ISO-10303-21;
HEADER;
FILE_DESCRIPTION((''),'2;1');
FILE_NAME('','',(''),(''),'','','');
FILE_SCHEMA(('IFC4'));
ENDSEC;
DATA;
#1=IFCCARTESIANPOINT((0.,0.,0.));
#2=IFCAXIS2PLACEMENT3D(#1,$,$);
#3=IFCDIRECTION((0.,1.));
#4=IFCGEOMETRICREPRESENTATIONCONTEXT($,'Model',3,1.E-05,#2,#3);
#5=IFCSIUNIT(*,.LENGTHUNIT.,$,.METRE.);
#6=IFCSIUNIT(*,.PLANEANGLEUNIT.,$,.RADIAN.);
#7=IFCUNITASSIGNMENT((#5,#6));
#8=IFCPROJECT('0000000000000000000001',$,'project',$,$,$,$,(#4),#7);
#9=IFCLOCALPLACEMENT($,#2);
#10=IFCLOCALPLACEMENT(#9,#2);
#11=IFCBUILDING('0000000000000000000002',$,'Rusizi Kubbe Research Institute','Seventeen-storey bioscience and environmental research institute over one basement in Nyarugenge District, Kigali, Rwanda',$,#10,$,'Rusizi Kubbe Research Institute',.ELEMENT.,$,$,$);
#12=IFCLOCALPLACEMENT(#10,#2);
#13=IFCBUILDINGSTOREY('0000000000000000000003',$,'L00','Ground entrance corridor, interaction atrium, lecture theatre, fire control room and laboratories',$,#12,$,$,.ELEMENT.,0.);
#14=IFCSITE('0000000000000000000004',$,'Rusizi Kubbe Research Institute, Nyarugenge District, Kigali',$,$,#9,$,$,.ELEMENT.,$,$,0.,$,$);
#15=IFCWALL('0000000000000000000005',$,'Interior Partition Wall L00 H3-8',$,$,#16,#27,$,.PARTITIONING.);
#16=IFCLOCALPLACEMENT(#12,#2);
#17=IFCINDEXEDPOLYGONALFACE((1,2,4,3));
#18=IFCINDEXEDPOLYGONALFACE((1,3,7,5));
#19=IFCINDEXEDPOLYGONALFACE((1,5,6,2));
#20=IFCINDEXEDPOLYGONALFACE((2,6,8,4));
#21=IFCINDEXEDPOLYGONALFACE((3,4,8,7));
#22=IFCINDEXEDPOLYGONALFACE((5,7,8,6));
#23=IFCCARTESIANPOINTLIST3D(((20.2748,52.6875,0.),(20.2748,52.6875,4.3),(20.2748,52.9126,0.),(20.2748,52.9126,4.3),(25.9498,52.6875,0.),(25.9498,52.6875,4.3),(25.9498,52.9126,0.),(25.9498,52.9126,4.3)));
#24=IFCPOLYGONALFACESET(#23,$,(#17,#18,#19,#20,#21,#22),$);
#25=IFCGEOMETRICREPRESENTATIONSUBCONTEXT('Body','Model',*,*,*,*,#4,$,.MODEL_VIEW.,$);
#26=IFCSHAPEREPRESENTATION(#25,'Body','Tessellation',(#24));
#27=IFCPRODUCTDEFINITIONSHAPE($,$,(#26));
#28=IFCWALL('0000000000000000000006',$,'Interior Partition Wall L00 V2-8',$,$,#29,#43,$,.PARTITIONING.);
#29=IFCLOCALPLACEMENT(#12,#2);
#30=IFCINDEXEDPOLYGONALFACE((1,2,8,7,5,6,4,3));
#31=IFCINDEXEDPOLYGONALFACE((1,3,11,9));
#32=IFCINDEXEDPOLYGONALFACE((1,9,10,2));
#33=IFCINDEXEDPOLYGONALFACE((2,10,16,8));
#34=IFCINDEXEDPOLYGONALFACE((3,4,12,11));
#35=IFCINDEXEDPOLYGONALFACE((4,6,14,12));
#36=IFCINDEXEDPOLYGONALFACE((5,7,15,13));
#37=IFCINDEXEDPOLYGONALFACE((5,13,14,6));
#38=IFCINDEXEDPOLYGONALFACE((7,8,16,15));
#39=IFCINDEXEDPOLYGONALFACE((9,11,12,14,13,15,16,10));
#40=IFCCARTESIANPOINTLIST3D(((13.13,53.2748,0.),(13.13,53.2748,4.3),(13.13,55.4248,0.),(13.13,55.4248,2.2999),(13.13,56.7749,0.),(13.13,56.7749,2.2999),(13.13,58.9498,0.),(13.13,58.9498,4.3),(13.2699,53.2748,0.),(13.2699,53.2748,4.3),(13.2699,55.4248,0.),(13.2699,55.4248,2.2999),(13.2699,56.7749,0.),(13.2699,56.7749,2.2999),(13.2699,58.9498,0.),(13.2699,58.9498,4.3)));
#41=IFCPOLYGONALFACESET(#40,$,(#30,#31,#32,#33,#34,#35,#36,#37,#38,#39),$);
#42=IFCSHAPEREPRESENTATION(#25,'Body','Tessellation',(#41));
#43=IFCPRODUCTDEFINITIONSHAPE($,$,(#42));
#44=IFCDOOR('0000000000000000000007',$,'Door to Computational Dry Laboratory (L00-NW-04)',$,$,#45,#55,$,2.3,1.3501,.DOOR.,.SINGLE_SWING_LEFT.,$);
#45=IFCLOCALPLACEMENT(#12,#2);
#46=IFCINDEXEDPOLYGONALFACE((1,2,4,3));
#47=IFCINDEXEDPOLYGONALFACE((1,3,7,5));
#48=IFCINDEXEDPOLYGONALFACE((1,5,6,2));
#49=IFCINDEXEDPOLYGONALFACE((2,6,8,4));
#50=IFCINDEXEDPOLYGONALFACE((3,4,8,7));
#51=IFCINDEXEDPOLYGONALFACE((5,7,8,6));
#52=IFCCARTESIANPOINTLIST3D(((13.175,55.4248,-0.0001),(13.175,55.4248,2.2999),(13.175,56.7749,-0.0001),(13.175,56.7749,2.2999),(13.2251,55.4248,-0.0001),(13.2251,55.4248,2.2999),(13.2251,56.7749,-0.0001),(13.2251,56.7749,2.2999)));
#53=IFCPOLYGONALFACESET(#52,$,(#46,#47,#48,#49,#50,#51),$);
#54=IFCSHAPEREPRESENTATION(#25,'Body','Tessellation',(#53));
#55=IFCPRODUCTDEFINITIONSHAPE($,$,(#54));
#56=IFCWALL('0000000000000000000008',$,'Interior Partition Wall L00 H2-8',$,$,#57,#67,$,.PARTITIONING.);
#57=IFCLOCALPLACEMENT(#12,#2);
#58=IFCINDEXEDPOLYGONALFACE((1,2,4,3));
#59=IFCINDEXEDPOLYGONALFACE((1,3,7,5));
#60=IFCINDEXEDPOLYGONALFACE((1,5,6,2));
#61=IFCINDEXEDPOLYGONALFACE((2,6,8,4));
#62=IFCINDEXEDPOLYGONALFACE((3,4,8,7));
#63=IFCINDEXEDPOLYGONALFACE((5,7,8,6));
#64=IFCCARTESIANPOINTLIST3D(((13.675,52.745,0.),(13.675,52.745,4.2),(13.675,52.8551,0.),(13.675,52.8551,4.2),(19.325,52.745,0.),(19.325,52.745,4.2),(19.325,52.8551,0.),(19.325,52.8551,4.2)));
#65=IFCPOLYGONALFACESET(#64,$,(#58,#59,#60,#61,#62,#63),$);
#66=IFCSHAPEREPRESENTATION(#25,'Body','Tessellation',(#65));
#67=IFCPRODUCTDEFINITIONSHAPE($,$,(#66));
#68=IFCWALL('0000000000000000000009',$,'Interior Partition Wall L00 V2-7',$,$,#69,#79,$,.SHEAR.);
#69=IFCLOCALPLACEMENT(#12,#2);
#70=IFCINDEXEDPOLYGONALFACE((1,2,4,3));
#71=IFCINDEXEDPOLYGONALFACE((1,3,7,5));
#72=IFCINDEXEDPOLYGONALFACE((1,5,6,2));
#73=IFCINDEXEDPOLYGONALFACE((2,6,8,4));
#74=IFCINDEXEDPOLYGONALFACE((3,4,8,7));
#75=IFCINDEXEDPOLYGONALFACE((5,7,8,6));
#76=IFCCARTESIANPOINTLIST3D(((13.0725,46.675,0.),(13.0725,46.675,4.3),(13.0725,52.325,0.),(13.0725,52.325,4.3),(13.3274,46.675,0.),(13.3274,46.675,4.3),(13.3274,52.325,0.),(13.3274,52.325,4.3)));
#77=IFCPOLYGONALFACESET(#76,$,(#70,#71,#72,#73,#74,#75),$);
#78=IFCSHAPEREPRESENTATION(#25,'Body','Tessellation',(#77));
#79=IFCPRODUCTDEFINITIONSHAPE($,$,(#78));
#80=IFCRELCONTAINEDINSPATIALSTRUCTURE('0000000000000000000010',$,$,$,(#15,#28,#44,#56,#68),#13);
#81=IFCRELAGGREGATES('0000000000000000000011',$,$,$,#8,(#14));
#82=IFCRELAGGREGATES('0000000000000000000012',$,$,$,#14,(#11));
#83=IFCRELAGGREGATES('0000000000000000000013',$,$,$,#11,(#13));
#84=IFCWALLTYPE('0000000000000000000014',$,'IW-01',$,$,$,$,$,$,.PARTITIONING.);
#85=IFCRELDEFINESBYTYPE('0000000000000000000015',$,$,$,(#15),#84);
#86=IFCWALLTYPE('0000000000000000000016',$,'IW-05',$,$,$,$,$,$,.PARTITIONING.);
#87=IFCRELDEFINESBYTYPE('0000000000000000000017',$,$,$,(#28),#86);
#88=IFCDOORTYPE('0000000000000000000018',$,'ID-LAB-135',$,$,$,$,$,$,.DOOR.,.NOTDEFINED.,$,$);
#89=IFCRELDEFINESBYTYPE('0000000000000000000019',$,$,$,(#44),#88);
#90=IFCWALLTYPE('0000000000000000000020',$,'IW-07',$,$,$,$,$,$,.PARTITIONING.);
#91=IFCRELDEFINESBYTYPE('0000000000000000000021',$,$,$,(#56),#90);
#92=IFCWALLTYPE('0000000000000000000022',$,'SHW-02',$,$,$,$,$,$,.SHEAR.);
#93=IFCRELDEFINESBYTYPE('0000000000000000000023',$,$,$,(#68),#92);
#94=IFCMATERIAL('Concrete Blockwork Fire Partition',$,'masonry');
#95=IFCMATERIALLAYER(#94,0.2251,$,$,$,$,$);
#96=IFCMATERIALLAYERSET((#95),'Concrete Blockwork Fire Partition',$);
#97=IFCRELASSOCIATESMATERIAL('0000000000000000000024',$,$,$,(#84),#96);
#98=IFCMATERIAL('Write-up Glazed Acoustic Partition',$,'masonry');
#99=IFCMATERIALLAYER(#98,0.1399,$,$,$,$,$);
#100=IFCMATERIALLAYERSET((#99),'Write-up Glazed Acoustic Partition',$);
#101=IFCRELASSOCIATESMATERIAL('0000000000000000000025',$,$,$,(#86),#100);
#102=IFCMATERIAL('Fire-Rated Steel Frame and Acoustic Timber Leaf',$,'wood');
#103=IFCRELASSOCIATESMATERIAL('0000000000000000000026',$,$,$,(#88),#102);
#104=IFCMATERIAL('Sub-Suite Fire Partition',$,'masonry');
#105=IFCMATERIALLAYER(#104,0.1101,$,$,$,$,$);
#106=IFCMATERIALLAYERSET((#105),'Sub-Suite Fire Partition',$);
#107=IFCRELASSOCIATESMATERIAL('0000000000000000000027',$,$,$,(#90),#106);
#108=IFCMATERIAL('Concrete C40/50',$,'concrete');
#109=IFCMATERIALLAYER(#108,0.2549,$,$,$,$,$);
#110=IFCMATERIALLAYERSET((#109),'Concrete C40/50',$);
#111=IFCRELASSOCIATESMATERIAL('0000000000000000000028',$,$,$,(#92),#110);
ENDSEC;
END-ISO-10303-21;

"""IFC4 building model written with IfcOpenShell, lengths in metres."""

from ifc_helpers import new_model, si_unit, direction, frame, frame_2d, origin, place, context, subcontext, project, spatial, rectangle, extrude, material, layer, layer_set, type_object, element, fill, save


model = new_model("IFC4")

# Units and contexts
model_context = context("Model", 3, precision=1e-05, world=origin(), true_north=direction((0.0, 1.0)))
body_context = subcontext(model_context, "Body", "Model", "MODEL_VIEW")
ifc_project = project(units=[si_unit("LENGTHUNIT", "METRE"), si_unit("PLANEANGLEUNIT", "RADIAN")], contexts=[model_context])

# Site, building, storey
site_placement = place(None, origin())
site = spatial("IfcSite", under=ifc_project, at=site_placement, Name="Rusizi Kubbe Research Institute, Nyarugenge District, Kigali", CompositionType="ELEMENT", RefElevation=0.0)
building_placement = place(site_placement, origin())
building = spatial("IfcBuilding", under=site, at=building_placement, Name="Rusizi Kubbe Research Institute", Description="Seventeen-storey bioscience and environmental research institute over one basement in Nyarugenge District, Kigali, Rwanda", LongName="Rusizi Kubbe Research Institute", CompositionType="ELEMENT")
storey_placement = place(building_placement, origin())
storey = spatial("IfcBuildingStorey", under=building, at=storey_placement, Name="L00", Description="Ground entrance corridor, interaction atrium, lecture theatre, fire control room and laboratories", CompositionType="ELEMENT", Elevation=0.0)

# Wall
ifc_material_1 = material(Name="Concrete Blockwork Fire Partition", Category="masonry")
ifc_layer_1 = layer(ifc_material_1, 0.2251)
ifc_layer_set_1 = layer_set([ifc_layer_1], Name="Concrete Blockwork Fire Partition")
wall_type_1 = type_object("IfcWallType", Name="IW-01", PredefinedType="PARTITIONING", material=ifc_layer_set_1)
wall_1_placement = place(storey_placement, frame((20.2749, 52.8, 0.0), z_axis=(0.0, 0.0, 1.0), x_axis=(1.0, 0.0, 0.0)))
element("IfcWall", 1, at=wall_1_placement, inside=storey, type_object=wall_type_1, Name="Interior Partition Wall L00 H3-8", PredefinedType="PARTITIONING", context=body_context, shape_type="SweptSolid", body=[
    extrude(rectangle(XDim=5.675, YDim=0.2251, at=frame_2d((2.8374, 0.0))), origin(), (0.0, 0.0, 1.0), 4.3),
])

# Wall, opening, door
ifc_material_2 = material(Name="Write-up Glazed Acoustic Partition", Category="masonry")
ifc_layer_2 = layer(ifc_material_2, 0.1399)
ifc_layer_set_2 = layer_set([ifc_layer_2], Name="Write-up Glazed Acoustic Partition")
wall_type_2 = type_object("IfcWallType", Name="IW-05", PredefinedType="PARTITIONING", material=ifc_layer_set_2)
wall_2_placement = place(storey_placement, frame((13.2, 53.2749, 0.0), z_axis=(0.0, 0.0, 1.0), x_axis=(0.0, 1.0, 0.0)))
wall_2 = element("IfcWall", 2, at=wall_2_placement, inside=storey, type_object=wall_type_2, Name="Interior Partition Wall L00 V2-8", PredefinedType="PARTITIONING", context=body_context, shape_type="SweptSolid", body=[
    extrude(rectangle(XDim=5.675, YDim=0.1399, at=frame_2d((2.8374, 0.0))), origin(), (0.0, 0.0, 1.0), 4.3),
])
opening_placement = place(wall_2_placement, frame((2.1499, 0.0, 0.0)))
opening = element("IfcOpeningElement", 3, at=opening_placement, cuts=wall_2, PredefinedType="OPENING", context=body_context, shape_type="SweptSolid", body=[
    extrude(rectangle(XDim=1.3501, YDim=2.3, at=frame_2d((0.675, 1.1499))), frame((0.0, 0.0798, 0.0), z_axis=(0.0, -1.0, 0.0), x_axis=(1.0, 0.0, 0.0)), (0.0, 0.0, 1.0), 0.1599),
])
ifc_material_3 = material(Name="Fire-Rated Steel Frame and Acoustic Timber Leaf", Category="wood")
door_type = type_object("IfcDoorType", Name="ID-LAB-135", OperationType="NOTDEFINED", PredefinedType="DOOR", material=ifc_material_3)
door_placement = place(opening_placement, origin())
door = element("IfcDoor", 4, at=door_placement, inside=storey, type_object=door_type, Name="Door to Computational Dry Laboratory (L00-NW-04)", OperationType="SINGLE_SWING_LEFT", OverallHeight=2.3, OverallWidth=1.3501, PredefinedType="DOOR", context=body_context, shape_type="SweptSolid", body=[
    extrude(rectangle(XDim=1.3501, YDim=2.3, at=frame_2d((0.675, 1.1499))), frame((0.0, 0.0249, 0.0), z_axis=(0.0, -1.0, 0.0), x_axis=(1.0, 0.0, 0.0)), (0.0, 0.0, 1.0), 0.05),
])
fill(opening, door)

# Walls
ifc_material_4 = material(Name="Sub-Suite Fire Partition", Category="masonry")
ifc_layer_3 = layer(ifc_material_4, 0.1101)
ifc_layer_set_3 = layer_set([ifc_layer_3], Name="Sub-Suite Fire Partition")
wall_type_3 = type_object("IfcWallType", Name="IW-07", PredefinedType="PARTITIONING", material=ifc_layer_set_3)
wall_3_placement = place(storey_placement, frame((13.675, 52.8, 0.0), z_axis=(0.0, 0.0, 1.0), x_axis=(1.0, 0.0, 0.0)))
element("IfcWall", 5, at=wall_3_placement, inside=storey, type_object=wall_type_3, Name="Interior Partition Wall L00 H2-8", PredefinedType="PARTITIONING", context=body_context, shape_type="SweptSolid", body=[
    extrude(rectangle(XDim=5.6499, YDim=0.1101, at=frame_2d((2.825, 0.0))), origin(), (0.0, 0.0, 1.0), 4.2),
])
ifc_material_5 = material(Name="Concrete C40/50", Category="concrete")
ifc_layer_4 = layer(ifc_material_5, 0.2549)
ifc_layer_set_4 = layer_set([ifc_layer_4], Name="Concrete C40/50")
wall_type_4 = type_object("IfcWallType", Name="SHW-02", PredefinedType="SHEAR", material=ifc_layer_set_4)
wall_4_placement = place(storey_placement, frame((13.2, 46.675, 0.0), z_axis=(0.0, 0.0, 1.0), x_axis=(0.0, 1.0, 0.0)))
element("IfcWall", 6, at=wall_4_placement, inside=storey, type_object=wall_type_4, Name="Interior Partition Wall L00 V2-7", PredefinedType="SHEAR", context=body_context, shape_type="SweptSolid", body=[
    extrude(rectangle(XDim=5.6499, YDim=0.2549, at=frame_2d((2.825, 0.0))), origin(), (0.0, 0.0, 1.0), 4.3),
])

save(model, "model.ifc")
